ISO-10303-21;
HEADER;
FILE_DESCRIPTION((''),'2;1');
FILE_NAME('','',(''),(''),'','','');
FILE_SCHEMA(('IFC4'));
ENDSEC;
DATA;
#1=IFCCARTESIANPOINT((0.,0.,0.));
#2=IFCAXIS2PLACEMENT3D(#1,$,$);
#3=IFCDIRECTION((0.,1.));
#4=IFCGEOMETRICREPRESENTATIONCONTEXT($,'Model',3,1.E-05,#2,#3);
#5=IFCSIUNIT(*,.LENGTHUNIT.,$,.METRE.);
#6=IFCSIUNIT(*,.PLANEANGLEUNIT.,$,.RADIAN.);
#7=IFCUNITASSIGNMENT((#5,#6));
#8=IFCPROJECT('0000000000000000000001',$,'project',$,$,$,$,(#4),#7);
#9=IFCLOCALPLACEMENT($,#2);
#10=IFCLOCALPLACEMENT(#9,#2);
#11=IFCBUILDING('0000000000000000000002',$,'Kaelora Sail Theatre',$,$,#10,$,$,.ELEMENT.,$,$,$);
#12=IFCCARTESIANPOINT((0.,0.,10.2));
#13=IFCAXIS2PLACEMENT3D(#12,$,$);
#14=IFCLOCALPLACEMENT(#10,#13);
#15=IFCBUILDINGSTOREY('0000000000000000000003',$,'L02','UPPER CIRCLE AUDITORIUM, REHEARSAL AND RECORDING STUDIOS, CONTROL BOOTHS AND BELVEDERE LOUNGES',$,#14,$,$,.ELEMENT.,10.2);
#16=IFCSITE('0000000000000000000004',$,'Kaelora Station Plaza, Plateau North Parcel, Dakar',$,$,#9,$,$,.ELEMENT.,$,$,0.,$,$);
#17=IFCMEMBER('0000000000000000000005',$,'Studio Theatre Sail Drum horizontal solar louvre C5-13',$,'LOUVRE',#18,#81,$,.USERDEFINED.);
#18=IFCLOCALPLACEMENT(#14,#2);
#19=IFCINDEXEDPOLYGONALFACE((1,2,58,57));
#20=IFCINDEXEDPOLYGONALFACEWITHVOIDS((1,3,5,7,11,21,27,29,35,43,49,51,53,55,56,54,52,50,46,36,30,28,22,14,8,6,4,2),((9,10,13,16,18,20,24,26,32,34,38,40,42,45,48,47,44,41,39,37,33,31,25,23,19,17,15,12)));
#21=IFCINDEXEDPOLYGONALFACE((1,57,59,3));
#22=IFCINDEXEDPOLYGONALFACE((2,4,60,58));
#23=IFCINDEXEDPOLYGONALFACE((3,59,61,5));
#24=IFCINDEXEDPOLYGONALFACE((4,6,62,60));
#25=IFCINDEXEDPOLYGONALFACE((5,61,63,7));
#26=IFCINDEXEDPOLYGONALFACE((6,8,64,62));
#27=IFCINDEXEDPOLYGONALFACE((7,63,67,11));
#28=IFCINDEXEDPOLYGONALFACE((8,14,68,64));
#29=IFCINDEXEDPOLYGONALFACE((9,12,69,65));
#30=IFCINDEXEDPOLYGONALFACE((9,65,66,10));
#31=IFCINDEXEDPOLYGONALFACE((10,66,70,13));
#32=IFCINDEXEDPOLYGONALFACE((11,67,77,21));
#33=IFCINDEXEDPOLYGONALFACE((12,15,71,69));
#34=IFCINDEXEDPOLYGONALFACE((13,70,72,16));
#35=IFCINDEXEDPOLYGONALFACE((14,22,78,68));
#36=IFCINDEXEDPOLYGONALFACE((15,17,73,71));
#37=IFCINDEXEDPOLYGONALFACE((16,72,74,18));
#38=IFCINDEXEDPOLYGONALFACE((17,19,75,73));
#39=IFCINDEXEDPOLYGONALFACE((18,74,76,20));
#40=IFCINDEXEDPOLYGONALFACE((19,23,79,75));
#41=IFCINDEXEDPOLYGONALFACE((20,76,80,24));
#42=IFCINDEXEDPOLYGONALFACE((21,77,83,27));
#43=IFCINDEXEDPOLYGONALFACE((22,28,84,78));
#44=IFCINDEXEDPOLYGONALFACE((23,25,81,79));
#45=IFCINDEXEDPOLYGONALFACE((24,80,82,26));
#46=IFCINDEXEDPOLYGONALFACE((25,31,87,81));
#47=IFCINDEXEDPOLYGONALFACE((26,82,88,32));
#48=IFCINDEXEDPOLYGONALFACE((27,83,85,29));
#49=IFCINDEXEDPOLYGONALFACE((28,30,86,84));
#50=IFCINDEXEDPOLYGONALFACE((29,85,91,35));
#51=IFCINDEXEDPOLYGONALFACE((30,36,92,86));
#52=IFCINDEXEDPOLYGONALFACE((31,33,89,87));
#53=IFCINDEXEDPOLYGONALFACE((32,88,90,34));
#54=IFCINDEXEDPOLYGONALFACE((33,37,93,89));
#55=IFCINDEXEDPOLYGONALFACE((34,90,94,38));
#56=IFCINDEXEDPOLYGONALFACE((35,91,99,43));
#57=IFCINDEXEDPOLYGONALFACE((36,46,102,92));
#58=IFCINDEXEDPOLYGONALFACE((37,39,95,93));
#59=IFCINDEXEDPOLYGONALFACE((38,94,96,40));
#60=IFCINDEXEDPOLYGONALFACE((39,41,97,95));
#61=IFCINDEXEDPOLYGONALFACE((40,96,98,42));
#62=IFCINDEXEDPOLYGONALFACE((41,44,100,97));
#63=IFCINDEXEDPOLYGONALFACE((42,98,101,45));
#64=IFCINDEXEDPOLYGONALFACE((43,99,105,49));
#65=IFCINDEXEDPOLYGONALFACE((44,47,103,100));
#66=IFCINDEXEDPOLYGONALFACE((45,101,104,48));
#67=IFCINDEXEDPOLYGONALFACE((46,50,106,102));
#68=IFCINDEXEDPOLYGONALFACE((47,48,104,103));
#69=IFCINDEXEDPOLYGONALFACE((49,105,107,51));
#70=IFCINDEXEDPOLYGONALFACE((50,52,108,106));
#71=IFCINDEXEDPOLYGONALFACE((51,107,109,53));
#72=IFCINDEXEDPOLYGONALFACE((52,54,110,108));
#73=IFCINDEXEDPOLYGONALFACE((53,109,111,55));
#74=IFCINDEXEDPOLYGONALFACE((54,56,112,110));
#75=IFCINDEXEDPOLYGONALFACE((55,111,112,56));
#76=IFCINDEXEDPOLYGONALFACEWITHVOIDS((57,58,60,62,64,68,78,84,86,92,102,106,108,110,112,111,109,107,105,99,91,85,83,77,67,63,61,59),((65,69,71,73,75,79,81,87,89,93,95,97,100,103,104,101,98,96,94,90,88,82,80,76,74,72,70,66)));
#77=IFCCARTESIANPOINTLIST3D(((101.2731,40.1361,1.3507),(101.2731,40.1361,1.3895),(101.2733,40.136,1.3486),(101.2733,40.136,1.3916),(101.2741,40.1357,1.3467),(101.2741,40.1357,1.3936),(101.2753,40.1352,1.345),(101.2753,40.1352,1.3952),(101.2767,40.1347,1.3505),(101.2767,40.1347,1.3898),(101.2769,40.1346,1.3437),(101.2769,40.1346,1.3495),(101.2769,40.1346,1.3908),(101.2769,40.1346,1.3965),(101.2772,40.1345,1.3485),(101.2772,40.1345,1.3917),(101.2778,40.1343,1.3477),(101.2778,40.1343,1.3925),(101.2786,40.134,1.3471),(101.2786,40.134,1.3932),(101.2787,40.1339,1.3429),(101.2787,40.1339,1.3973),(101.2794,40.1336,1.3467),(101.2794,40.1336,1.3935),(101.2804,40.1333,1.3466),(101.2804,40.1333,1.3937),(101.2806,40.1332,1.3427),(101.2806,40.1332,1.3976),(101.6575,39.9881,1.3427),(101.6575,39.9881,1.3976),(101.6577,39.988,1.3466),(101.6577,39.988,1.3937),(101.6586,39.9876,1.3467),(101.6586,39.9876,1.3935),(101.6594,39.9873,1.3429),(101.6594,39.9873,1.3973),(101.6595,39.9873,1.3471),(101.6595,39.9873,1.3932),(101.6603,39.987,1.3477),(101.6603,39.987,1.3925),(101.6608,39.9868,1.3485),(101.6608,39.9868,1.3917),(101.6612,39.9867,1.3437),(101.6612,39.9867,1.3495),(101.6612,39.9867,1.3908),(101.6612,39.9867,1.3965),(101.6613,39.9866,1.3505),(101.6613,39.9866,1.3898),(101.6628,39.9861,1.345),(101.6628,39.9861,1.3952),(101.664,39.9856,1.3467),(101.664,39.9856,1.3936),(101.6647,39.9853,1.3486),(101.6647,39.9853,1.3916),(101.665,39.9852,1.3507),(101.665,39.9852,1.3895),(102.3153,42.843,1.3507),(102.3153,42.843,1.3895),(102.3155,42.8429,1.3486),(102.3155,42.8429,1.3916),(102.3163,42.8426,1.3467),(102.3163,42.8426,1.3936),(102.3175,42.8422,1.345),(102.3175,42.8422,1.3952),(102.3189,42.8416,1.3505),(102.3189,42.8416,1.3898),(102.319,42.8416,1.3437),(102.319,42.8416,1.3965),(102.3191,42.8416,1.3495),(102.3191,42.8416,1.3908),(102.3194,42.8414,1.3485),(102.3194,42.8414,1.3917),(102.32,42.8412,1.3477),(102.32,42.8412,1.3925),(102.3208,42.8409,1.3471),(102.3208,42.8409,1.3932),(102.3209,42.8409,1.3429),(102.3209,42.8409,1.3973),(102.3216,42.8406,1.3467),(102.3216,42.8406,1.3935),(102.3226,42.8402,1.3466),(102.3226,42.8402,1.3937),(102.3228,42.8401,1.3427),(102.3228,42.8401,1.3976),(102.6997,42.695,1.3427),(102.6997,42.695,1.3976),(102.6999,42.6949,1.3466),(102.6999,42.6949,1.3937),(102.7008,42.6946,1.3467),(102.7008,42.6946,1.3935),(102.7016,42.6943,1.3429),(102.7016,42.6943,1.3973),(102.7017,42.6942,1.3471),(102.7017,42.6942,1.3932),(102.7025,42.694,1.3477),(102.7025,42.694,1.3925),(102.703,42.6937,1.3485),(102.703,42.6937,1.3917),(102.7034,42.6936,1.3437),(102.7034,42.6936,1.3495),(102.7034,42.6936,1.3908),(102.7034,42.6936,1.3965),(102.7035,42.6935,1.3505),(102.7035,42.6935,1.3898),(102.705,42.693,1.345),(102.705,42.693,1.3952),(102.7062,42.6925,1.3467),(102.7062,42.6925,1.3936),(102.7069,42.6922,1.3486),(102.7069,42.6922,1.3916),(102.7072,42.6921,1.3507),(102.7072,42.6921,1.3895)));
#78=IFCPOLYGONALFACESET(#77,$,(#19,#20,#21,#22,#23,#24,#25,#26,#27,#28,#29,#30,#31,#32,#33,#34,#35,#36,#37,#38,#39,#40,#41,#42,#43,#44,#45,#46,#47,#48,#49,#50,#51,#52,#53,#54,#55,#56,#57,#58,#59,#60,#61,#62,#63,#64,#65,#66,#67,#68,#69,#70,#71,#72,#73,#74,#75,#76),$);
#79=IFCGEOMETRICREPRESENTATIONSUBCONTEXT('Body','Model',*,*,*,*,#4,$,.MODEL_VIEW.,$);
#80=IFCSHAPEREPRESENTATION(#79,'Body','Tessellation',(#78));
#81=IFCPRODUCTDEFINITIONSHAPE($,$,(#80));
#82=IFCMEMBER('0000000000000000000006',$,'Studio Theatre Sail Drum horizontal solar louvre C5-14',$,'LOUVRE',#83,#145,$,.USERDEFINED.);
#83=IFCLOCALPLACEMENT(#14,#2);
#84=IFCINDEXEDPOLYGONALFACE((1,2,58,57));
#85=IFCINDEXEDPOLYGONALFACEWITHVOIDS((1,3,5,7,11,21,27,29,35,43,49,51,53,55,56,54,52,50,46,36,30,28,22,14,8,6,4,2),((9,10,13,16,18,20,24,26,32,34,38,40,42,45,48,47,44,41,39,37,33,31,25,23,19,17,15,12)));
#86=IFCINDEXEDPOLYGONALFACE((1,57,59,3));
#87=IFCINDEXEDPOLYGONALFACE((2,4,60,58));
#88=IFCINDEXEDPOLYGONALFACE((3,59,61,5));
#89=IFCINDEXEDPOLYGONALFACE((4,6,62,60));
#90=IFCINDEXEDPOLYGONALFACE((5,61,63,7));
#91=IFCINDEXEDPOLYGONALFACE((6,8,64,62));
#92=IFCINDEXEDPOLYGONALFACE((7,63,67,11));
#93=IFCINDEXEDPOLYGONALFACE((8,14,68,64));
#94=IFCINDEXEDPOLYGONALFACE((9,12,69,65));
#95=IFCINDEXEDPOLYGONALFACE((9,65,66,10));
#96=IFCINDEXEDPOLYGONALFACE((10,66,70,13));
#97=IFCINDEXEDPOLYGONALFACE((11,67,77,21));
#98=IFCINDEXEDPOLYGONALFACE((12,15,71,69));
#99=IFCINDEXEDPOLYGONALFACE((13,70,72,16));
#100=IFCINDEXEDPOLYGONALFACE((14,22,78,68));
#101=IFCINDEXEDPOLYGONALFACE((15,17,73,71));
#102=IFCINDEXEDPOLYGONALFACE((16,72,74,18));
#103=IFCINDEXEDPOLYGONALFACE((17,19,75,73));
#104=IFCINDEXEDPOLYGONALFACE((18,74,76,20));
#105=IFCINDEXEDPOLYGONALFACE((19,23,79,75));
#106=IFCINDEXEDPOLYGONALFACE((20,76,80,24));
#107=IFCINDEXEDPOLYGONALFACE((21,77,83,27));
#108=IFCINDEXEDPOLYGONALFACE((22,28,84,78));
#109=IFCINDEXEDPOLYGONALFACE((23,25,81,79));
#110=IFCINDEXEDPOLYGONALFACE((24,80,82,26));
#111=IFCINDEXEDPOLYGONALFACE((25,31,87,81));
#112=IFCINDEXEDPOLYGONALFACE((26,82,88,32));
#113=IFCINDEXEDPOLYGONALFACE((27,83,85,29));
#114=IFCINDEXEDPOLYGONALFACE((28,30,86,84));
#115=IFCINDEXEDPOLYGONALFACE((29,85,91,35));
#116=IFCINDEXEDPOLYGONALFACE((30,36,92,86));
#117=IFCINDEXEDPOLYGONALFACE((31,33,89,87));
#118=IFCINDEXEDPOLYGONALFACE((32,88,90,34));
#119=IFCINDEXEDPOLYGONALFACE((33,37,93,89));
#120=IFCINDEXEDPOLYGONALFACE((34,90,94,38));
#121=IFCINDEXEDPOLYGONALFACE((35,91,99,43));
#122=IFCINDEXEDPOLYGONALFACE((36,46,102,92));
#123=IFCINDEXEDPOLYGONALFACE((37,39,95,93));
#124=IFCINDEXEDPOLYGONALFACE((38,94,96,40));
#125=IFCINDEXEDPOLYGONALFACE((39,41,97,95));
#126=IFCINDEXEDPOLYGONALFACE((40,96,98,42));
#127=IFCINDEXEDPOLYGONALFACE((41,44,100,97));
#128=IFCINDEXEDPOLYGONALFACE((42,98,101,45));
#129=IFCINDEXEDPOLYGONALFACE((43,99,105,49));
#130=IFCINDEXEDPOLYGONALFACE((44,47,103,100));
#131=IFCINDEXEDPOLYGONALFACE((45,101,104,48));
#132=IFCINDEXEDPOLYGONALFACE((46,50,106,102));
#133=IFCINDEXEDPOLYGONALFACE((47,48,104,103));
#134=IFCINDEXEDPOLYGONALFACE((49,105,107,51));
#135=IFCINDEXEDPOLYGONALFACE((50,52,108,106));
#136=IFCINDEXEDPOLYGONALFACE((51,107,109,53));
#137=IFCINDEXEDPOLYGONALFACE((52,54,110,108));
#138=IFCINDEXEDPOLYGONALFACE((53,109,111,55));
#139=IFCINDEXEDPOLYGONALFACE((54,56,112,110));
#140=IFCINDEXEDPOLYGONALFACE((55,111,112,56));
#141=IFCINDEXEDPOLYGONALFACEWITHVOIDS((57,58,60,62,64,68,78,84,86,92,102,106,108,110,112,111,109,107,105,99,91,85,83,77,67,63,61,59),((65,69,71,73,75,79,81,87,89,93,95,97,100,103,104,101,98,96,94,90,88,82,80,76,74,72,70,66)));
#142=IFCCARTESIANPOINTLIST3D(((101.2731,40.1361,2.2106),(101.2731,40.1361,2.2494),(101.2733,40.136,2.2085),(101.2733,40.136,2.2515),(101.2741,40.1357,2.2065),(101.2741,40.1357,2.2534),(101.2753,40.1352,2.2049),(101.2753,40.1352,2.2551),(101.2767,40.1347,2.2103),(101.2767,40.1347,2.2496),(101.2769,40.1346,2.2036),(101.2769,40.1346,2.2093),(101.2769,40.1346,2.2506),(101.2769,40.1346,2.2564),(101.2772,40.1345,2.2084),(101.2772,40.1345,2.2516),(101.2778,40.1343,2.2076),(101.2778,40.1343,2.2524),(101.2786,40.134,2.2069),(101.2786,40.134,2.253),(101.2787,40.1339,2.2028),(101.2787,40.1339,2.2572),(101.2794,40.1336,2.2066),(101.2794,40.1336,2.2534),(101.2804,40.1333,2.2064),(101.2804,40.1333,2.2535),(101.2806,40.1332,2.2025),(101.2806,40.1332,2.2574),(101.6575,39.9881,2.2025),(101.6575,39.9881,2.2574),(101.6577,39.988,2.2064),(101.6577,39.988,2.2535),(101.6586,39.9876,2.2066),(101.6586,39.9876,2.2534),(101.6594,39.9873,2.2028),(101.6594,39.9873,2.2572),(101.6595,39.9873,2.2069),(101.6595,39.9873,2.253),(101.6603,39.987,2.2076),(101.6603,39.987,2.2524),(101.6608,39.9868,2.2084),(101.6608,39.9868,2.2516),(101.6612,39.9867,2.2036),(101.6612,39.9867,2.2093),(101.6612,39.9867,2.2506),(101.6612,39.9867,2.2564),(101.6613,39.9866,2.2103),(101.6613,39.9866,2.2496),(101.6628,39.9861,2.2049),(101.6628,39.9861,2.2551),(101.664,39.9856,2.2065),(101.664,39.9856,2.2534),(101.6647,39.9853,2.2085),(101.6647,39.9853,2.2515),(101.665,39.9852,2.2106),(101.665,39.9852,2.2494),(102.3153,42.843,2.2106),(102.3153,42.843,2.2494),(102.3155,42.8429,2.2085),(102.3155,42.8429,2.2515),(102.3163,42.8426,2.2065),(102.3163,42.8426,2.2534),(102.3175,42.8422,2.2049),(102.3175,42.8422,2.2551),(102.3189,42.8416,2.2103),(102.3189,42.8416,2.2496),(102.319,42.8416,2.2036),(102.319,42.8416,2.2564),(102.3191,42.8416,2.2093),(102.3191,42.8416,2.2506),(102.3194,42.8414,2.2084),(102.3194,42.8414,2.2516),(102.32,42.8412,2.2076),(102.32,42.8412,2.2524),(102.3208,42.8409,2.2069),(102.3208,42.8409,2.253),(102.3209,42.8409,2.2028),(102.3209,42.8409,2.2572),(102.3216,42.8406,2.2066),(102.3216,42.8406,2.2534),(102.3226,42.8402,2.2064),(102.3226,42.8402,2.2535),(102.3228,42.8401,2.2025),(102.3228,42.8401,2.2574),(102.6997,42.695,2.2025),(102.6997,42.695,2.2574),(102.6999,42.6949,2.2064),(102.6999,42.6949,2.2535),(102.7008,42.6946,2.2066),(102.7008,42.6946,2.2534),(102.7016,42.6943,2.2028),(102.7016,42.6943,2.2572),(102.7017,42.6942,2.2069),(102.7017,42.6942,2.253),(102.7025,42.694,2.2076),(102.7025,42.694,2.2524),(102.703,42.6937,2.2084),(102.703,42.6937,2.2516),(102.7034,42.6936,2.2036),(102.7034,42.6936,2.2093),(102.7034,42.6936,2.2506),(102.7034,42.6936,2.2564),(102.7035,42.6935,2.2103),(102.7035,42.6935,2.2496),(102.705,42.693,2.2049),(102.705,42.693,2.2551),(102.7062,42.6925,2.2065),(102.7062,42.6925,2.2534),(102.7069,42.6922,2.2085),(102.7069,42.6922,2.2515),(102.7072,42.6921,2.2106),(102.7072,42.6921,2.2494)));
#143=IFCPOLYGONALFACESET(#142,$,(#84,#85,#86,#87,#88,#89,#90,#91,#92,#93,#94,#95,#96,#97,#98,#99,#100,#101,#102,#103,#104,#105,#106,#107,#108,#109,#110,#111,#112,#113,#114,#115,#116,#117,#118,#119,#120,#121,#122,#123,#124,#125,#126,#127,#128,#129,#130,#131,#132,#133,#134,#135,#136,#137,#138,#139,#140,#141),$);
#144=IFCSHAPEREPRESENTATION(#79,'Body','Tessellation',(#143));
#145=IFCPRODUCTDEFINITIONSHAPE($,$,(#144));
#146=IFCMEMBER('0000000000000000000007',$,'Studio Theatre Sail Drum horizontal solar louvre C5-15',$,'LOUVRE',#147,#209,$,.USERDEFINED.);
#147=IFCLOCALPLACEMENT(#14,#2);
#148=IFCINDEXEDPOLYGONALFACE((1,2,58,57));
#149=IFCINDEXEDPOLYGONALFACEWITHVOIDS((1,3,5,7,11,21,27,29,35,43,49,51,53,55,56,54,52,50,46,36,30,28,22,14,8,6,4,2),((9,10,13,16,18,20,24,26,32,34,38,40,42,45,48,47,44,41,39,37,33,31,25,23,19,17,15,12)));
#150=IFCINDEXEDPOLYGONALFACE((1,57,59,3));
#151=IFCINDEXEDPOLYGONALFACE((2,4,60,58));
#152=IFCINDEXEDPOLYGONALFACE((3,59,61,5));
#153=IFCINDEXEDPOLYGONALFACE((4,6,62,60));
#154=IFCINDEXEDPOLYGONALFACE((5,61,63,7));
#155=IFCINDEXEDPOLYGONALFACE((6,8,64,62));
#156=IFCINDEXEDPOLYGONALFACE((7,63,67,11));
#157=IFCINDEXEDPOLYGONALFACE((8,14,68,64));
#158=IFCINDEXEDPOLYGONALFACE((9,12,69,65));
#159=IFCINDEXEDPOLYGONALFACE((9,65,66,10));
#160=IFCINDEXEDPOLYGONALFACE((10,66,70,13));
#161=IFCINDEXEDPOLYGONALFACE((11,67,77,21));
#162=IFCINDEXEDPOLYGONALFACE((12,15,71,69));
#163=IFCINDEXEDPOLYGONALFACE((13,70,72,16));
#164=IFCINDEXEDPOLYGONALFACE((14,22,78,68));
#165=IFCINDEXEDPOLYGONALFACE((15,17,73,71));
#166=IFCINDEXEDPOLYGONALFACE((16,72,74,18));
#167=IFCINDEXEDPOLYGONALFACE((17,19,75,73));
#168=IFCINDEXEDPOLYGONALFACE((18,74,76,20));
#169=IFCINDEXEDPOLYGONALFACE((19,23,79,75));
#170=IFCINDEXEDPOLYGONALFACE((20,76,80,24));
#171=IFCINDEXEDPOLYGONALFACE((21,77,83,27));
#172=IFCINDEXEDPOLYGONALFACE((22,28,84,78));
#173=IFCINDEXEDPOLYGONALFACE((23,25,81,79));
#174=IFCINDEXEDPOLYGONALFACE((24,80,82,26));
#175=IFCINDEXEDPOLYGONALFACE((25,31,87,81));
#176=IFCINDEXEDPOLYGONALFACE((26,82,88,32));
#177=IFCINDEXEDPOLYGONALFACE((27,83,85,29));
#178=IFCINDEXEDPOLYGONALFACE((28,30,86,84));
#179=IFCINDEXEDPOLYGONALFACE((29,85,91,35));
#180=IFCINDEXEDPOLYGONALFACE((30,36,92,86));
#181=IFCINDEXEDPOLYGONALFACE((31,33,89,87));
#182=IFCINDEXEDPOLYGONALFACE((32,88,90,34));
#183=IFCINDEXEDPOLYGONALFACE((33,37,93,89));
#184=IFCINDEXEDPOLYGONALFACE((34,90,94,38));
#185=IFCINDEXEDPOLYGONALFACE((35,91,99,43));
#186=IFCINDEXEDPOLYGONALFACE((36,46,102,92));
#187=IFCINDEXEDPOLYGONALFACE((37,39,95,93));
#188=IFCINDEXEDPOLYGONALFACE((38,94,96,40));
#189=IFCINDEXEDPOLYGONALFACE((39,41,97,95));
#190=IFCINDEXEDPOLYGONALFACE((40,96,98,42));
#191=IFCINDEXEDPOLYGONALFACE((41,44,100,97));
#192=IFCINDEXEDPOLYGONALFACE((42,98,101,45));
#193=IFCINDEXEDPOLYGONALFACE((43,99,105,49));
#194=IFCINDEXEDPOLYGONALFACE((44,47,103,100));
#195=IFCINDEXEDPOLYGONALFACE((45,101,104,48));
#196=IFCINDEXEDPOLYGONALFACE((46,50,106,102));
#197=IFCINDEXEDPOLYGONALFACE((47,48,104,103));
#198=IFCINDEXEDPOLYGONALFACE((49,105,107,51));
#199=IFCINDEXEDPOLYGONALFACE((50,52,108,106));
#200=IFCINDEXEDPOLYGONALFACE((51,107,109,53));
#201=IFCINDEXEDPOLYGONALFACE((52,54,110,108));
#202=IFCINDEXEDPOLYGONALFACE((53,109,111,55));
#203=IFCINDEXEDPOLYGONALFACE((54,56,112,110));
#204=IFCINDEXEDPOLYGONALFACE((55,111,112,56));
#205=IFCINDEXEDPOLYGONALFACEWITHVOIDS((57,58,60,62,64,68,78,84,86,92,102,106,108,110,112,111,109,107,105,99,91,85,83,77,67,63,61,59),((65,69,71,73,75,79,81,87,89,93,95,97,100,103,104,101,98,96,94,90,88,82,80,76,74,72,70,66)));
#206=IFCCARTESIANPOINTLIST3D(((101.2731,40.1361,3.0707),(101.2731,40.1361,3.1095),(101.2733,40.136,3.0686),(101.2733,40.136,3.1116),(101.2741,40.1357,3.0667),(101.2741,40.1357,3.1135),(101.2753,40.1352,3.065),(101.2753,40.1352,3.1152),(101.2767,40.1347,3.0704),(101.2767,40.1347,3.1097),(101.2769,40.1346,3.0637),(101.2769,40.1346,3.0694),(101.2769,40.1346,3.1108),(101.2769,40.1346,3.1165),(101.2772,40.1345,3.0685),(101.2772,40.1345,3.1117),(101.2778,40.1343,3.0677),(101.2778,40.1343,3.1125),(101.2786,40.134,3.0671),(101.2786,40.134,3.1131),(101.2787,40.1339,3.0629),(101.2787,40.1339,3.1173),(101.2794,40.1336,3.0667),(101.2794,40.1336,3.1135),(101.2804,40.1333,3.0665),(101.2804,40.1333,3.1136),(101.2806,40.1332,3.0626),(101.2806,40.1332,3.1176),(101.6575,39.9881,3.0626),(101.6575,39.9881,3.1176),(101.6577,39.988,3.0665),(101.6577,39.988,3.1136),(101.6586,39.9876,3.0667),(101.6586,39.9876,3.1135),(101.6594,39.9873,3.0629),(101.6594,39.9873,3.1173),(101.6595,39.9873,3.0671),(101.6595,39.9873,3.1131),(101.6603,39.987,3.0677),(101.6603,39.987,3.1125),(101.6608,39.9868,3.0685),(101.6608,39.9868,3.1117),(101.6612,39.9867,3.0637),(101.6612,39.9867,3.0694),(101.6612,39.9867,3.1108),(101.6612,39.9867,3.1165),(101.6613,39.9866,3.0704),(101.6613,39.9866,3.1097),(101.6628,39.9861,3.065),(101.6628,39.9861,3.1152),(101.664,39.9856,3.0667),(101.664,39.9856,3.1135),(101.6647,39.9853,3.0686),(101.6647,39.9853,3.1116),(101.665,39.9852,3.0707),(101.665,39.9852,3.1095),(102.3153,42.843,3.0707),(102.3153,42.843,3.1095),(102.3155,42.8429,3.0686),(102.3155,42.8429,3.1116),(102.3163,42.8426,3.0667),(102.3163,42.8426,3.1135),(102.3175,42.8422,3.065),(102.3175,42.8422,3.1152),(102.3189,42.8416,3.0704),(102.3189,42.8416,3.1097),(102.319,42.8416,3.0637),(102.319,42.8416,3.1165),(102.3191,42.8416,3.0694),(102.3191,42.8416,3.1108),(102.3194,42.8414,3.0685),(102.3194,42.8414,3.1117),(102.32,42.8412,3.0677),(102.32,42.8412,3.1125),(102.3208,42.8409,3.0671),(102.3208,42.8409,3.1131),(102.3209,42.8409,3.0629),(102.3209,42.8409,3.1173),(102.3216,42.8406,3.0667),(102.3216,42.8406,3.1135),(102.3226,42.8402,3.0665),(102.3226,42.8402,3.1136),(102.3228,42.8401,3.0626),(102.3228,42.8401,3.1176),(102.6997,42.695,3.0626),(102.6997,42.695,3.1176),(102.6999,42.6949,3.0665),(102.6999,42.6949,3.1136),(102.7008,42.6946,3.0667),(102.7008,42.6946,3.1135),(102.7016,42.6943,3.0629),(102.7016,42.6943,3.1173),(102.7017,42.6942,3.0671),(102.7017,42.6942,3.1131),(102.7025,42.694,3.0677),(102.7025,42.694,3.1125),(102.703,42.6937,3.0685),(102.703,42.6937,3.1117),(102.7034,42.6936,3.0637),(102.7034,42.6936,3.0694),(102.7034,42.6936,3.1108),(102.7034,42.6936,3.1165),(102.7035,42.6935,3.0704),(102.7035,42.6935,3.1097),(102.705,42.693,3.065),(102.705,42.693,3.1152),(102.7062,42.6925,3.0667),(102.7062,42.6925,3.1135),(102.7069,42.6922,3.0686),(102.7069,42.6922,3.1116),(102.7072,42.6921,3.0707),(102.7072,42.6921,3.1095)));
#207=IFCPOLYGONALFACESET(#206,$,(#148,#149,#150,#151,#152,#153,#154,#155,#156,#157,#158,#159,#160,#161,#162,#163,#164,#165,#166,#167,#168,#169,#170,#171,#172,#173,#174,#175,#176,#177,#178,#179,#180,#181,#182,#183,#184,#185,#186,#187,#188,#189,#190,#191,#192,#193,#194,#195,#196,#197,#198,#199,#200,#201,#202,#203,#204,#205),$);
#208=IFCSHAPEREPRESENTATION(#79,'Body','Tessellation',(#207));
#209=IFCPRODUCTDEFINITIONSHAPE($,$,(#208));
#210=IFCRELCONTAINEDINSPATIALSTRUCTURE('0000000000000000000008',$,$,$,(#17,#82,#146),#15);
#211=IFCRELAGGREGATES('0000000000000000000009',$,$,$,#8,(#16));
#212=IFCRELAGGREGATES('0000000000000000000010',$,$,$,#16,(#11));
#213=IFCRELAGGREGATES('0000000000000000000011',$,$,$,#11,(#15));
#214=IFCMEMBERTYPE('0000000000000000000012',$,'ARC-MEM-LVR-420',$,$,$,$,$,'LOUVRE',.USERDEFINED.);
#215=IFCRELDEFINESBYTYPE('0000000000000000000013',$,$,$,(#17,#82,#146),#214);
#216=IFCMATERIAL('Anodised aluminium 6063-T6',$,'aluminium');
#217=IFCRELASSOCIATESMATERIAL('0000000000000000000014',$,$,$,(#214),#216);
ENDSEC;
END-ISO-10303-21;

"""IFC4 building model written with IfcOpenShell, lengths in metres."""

from ifc_helpers import new_model, si_unit, direction, frame, origin, origin_2d, place, context, subcontext, project, spatial, hollow_rectangle, extrude, material, material_profile, profile_set, type_object, element, save


model = new_model("IFC4")

# Units and contexts
model_context = context("Model", 3, precision=1e-05, world=origin(), true_north=direction((0.0, 1.0)))
body_context = subcontext(model_context, "Body", "Model", "MODEL_VIEW")
ifc_project = project(units=[si_unit("LENGTHUNIT", "METRE"), si_unit("PLANEANGLEUNIT", "RADIAN")], contexts=[model_context])

# Site, building, storey
site_placement = place(None, origin())
site = spatial("IfcSite", under=ifc_project, at=site_placement, Name="Kaelora Station Plaza, Plateau North Parcel, Dakar", CompositionType="ELEMENT", RefElevation=0.0)
building_placement = place(site_placement, origin())
building = spatial("IfcBuilding", under=site, at=building_placement, Name="Kaelora Sail Theatre", CompositionType="ELEMENT")
storey_placement = place(building_placement, frame((0.0, 0.0, 10.2)))
storey = spatial("IfcBuildingStorey", under=building, at=storey_placement, Name="L02", Description="UPPER CIRCLE AUDITORIUM, REHEARSAL AND RECORDING STUDIOS, CONTROL BOOTHS AND BELVEDERE LOUNGES", CompositionType="ELEMENT", Elevation=10.2)

# Members
ifc_material_1 = material(Name="Anodised aluminium 6063-T6", Category="aluminium")
ifc_material_profile_1 = material_profile(ifc_material_1, hollow_rectangle(XDim=0.4199, YDim=0.0549, WallThickness=0.0039, InnerFilletRadius=0.0039, OuterFilletRadius=0.0081, at=origin_2d()), Name="LOUVRE 420x55x4")
ifc_profile_set_1 = profile_set([ifc_material_profile_1], Name="Anodised aluminium 6063-T6")
member_type = type_object("IfcMemberType", Name="ARC-MEM-LVR-420", ElementType="LOUVRE", PredefinedType="USERDEFINED", material=ifc_profile_set_1)
for number, where, z_axis, x_axis, name in (
    (1, (102.5112, 42.7676, 1.3701), (-0.359301, -0.933222, 0.0), (0.933222, -0.359301, 0.0), "Studio Theatre Sail Drum horizontal solar louvre C5-13"),
    (2, (102.5112, 42.7676, 2.23), (-0.359301, -0.933222, 0.0), (0.933222, -0.359301, 0.0), "Studio Theatre Sail Drum horizontal solar louvre C5-14"),
    (3, (102.5112, 42.7676, 3.0901), (-0.359301, -0.933222, 0.0), (0.933222, -0.359301, 0.0), "Studio Theatre Sail Drum horizontal solar louvre C5-15"),
):
    element("IfcMember", number, at=place(storey_placement, frame(where, z_axis=z_axis, x_axis=x_axis)), inside=storey, type_object=member_type, Name=name, ObjectType="LOUVRE", PredefinedType="USERDEFINED", context=body_context, shape_type="SweptSolid", body=[
        extrude(hollow_rectangle(XDim=0.4199, YDim=0.0549, WallThickness=0.0039, InnerFilletRadius=0.0039, OuterFilletRadius=0.0081, at=origin_2d()), origin(), (0.0, 0.0, 1.0), 2.9006),
    ])

save(model, "model.ifc")
